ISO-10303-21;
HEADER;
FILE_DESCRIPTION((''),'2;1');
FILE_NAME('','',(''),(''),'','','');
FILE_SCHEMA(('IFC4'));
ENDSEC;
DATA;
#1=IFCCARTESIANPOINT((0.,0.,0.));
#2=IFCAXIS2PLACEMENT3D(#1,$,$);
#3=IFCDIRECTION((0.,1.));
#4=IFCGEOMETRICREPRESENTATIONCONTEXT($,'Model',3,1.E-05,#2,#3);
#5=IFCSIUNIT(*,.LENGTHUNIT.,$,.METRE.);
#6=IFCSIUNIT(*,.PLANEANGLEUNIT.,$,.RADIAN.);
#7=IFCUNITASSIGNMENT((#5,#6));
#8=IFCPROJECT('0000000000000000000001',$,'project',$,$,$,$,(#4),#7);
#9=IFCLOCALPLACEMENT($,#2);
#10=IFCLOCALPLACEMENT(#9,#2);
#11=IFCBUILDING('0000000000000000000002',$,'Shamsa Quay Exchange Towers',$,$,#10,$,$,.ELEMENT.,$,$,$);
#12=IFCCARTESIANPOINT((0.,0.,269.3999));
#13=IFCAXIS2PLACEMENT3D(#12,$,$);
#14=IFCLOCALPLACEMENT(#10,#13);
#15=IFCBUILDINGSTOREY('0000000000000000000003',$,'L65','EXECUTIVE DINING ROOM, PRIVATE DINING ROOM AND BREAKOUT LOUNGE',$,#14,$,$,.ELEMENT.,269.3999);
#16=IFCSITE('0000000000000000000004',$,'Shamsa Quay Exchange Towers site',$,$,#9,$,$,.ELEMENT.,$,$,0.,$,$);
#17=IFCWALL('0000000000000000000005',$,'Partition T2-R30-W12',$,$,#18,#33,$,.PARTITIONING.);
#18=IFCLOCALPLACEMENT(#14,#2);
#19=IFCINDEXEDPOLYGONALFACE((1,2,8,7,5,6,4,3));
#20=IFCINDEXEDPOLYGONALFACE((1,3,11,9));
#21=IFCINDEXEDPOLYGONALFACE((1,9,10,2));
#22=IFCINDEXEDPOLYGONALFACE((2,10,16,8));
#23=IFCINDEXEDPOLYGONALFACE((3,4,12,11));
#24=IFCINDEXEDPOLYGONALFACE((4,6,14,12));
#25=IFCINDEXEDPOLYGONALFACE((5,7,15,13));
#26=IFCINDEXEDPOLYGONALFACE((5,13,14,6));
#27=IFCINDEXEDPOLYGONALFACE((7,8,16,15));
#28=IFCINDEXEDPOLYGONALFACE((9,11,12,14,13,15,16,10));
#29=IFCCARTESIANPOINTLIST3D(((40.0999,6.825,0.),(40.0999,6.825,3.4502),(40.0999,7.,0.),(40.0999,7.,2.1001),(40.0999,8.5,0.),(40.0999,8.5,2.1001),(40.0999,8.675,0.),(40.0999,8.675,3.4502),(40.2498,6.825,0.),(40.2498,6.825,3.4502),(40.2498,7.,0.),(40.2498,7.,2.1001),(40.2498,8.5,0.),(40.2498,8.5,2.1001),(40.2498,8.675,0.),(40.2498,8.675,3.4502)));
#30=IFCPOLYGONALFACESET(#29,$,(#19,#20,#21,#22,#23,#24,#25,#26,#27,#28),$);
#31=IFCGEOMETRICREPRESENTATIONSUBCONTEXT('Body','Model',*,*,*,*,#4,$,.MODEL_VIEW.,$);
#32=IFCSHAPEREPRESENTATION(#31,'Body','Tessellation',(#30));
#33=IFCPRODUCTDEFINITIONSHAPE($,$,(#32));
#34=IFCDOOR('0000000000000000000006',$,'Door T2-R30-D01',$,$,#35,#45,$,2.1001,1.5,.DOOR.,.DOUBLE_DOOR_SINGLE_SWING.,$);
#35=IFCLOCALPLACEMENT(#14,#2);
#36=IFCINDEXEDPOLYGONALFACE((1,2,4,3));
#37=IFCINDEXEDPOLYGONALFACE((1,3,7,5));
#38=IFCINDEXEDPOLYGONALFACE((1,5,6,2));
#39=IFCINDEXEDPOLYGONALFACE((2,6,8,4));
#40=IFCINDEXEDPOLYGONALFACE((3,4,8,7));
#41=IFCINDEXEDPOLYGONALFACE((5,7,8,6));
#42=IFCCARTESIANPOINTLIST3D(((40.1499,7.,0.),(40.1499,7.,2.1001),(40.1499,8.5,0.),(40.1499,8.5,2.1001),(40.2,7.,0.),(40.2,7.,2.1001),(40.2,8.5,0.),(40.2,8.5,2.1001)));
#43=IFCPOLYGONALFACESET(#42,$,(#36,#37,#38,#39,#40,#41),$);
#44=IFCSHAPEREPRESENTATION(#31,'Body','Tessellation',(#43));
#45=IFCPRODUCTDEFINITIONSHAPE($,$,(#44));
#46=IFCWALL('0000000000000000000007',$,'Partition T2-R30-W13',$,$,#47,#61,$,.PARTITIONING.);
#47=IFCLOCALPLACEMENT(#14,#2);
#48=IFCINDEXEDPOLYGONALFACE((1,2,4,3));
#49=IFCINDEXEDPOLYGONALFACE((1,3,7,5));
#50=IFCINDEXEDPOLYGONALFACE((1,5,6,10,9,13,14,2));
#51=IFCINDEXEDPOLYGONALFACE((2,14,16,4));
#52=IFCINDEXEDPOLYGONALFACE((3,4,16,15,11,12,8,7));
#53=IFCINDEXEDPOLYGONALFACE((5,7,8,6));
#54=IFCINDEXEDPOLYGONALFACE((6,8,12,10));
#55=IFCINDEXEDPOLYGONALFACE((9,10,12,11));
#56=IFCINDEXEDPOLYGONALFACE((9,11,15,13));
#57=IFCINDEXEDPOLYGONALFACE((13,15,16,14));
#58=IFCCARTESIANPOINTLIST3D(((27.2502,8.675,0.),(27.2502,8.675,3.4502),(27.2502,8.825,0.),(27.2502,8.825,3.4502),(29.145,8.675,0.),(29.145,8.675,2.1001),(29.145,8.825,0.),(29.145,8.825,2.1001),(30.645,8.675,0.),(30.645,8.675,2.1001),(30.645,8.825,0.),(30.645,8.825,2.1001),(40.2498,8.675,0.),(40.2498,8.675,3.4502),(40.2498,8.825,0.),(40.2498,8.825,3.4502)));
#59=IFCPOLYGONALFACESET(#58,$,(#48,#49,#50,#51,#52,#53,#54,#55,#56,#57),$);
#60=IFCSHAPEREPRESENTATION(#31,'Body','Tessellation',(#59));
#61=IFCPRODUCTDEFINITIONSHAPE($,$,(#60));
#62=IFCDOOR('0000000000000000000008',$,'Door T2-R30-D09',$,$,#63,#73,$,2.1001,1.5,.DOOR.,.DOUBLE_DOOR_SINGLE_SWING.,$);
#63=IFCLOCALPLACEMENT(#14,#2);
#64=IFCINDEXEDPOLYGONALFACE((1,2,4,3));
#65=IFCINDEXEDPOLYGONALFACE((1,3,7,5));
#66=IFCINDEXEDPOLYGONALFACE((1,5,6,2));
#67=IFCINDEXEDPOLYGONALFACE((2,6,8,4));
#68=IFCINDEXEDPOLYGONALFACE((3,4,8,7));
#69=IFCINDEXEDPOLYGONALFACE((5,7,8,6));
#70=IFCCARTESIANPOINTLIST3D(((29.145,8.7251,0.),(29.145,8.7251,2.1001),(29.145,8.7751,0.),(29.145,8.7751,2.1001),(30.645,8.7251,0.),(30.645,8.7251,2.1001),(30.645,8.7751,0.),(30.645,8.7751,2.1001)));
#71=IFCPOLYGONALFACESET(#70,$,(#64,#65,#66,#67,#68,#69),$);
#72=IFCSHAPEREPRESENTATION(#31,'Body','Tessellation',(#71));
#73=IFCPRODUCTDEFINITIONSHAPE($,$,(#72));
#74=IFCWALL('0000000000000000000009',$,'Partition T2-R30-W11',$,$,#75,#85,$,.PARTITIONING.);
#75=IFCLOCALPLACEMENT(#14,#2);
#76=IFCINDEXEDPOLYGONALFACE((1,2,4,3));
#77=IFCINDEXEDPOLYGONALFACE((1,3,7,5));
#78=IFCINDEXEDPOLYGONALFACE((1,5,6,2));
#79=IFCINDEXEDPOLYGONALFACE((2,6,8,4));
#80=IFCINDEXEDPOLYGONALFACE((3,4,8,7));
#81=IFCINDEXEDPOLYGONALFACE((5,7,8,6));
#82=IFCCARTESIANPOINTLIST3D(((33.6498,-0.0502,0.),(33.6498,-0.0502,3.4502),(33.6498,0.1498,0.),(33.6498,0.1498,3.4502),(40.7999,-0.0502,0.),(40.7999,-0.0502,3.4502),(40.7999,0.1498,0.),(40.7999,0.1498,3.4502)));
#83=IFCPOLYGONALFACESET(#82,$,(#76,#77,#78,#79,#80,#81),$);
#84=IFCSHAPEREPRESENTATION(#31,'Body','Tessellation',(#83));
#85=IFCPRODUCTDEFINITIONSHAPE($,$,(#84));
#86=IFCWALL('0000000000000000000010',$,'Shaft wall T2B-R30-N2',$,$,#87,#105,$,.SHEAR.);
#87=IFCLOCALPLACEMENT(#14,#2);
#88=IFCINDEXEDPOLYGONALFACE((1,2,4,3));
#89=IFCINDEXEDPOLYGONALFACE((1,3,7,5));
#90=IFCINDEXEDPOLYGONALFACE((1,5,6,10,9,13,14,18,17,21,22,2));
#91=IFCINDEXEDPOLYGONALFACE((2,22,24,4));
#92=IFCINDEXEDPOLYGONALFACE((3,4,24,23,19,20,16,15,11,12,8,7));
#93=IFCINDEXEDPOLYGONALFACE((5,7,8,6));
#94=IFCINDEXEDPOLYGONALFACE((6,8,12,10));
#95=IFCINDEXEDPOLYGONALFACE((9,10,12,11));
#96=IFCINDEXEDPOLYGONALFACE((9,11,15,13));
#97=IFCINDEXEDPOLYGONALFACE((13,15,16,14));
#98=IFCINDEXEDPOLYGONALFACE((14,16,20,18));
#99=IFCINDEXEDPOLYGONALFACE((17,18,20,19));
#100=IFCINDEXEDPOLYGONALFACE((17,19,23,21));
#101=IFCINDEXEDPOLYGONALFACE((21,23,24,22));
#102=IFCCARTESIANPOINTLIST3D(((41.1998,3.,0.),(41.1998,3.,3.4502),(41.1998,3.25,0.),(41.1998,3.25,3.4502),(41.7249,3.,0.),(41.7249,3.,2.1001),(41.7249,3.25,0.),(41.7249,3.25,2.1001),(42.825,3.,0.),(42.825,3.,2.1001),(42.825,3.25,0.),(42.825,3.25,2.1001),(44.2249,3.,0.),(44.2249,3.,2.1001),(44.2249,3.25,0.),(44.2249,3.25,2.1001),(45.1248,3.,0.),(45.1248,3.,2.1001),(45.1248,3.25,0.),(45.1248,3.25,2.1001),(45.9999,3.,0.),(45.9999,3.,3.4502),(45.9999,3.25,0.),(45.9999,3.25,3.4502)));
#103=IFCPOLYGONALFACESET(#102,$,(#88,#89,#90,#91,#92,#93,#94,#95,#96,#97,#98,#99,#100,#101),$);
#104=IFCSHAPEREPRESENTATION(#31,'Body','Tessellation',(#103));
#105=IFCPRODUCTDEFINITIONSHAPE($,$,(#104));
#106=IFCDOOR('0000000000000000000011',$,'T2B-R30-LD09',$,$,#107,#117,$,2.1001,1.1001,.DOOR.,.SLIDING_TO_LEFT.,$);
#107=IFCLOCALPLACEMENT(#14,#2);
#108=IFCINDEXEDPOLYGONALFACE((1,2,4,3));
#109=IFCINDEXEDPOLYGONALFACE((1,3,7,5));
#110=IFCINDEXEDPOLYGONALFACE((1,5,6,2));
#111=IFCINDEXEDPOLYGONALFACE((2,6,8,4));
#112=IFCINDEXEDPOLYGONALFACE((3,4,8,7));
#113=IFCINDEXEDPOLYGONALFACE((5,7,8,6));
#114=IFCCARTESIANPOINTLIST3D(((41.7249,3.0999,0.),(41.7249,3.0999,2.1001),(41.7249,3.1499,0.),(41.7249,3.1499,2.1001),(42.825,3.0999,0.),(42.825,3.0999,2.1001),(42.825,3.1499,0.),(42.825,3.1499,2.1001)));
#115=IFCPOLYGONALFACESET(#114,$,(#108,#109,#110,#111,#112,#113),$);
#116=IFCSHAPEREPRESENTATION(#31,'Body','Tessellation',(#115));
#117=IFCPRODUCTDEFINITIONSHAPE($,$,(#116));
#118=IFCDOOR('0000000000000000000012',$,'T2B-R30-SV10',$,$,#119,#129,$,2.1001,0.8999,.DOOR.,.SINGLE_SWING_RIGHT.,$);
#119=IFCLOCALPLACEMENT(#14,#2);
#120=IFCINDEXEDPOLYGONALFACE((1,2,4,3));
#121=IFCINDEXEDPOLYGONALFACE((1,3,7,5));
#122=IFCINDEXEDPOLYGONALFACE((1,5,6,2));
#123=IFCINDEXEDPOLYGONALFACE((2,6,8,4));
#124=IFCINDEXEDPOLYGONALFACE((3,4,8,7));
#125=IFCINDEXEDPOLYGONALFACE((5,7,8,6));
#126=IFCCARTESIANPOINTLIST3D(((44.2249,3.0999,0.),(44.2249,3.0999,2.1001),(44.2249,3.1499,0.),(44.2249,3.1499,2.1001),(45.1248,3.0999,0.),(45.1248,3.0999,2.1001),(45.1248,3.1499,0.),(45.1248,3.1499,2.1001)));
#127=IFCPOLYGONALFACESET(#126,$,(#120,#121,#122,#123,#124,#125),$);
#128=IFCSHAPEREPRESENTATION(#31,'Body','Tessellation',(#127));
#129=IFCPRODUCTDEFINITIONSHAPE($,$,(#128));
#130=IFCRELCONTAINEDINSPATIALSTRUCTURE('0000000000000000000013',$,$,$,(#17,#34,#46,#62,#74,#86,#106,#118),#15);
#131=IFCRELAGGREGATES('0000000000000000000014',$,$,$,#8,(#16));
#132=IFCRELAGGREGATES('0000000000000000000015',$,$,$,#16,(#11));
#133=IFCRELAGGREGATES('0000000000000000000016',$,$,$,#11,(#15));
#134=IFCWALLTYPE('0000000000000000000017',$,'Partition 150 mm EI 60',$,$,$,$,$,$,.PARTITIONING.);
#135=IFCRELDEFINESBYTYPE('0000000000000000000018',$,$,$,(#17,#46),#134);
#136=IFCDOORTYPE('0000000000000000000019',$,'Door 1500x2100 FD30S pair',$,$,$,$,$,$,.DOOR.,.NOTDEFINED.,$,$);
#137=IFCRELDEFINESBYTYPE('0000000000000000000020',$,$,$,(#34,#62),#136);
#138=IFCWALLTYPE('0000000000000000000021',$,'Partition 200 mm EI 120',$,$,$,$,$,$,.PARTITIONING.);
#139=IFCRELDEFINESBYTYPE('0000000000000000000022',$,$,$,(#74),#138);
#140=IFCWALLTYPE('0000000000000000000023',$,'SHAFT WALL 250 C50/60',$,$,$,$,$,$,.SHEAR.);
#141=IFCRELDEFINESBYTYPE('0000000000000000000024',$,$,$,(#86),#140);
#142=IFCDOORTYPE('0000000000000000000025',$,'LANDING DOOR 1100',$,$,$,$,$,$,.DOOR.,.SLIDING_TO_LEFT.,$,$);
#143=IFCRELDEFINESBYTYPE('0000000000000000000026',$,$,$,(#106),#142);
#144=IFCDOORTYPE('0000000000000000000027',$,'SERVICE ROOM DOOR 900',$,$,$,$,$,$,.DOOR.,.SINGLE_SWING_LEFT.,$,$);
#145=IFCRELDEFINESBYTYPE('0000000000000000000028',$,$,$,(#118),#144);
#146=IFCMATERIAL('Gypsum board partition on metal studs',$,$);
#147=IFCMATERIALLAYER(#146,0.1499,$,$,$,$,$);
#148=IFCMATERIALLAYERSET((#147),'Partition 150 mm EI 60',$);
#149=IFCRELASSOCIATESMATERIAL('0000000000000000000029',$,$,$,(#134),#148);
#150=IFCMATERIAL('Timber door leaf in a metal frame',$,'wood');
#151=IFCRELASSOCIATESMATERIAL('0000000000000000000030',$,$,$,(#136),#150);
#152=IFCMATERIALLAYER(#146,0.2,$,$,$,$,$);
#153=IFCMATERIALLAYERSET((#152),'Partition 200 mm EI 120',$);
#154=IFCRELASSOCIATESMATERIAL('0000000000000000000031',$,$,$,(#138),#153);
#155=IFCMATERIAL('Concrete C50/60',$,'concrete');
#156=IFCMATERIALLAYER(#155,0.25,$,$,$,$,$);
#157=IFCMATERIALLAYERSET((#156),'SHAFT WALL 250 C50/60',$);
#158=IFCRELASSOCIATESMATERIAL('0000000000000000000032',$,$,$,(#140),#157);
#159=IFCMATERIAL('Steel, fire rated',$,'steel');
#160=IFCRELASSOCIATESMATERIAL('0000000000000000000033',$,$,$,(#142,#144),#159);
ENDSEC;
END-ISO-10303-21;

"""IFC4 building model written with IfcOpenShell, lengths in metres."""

from ifc_helpers import new_model, si_unit, direction, frame, frame_2d, origin, place, context, subcontext, project, spatial, rectangle, extrude, material, layer, layer_set, type_object, element, fill, save


model = new_model("IFC4")

# Units and contexts
model_context = context("Model", 3, precision=1e-05, world=origin(), true_north=direction((0.0, 1.0)))
body_context = subcontext(model_context, "Body", "Model", "MODEL_VIEW")
ifc_project = project(units=[si_unit("LENGTHUNIT", "METRE"), si_unit("PLANEANGLEUNIT", "RADIAN")], contexts=[model_context])

# Site, building, storey
site_placement = place(None, origin())
site = spatial("IfcSite", under=ifc_project, at=site_placement, Name="Shamsa Quay Exchange Towers site", CompositionType="ELEMENT", RefElevation=0.0)
building_placement = place(site_placement, origin())
building = spatial("IfcBuilding", under=site, at=building_placement, Name="Shamsa Quay Exchange Towers", CompositionType="ELEMENT")
storey_placement = place(building_placement, frame((0.0, 0.0, 269.3999)))
storey = spatial("IfcBuildingStorey", under=building, at=storey_placement, Name="L65", Description="EXECUTIVE DINING ROOM, PRIVATE DINING ROOM AND BREAKOUT LOUNGE", CompositionType="ELEMENT", Elevation=269.3999)

# Shared definitions
ifc_material_1 = material(Name="Gypsum board partition on metal studs")
ifc_layer_1 = layer(ifc_material_1, 0.1499)
ifc_layer_set_1 = layer_set([ifc_layer_1], Name="Partition 150 mm EI 60")
wall_type_1 = type_object("IfcWallType", Name="Partition 150 mm EI 60", PredefinedType="PARTITIONING", material=ifc_layer_set_1)

# Walls, openings, doors
ifc_material_2 = material(Name="Timber door leaf in a metal frame", Category="wood")
wall_1_placement = place(storey_placement, frame((40.1748, 6.825, 0.0), z_axis=(0.0, 0.0, 1.0), x_axis=(0.0, 1.0, 0.0)))
wall_1 = element("IfcWall", 1, at=wall_1_placement, inside=storey, type_object=wall_type_1, Name="Partition T2-R30-W12", PredefinedType="PARTITIONING", context=body_context, shape_type="SweptSolid", body=[
    extrude(rectangle(XDim=1.8501, YDim=0.1499, at=frame_2d((0.925, 0.0))), origin(), (0.0, 0.0, 1.0), 3.4502),
])
opening_1_placement = place(wall_1_placement, frame((0.175, 0.0, 0.0)))
opening_1 = element("IfcOpeningElement", 2, at=opening_1_placement, cuts=wall_1, PredefinedType="OPENING", context=body_context, shape_type="SweptSolid", body=[
    extrude(rectangle(XDim=1.5, YDim=2.1001, at=frame_2d((0.75, 1.05))), frame((0.0, 0.085, 0.0), z_axis=(0.0, -1.0, 0.0), x_axis=(1.0, 0.0, 0.0)), (0.0, 0.0, 1.0), 0.1699),
])
door_type_1 = type_object("IfcDoorType", Name="Door 1500x2100 FD30S pair", OperationType="NOTDEFINED", PredefinedType="DOOR", material=ifc_material_2)
door_1_placement = place(opening_1_placement, origin())
door_1 = element("IfcDoor", 3, at=door_1_placement, inside=storey, type_object=door_type_1, Name="Door T2-R30-D01", OperationType="DOUBLE_DOOR_SINGLE_SWING", OverallHeight=2.1001, OverallWidth=1.5, PredefinedType="DOOR", context=body_context, shape_type="SweptSolid", body=[
    extrude(rectangle(XDim=1.5, YDim=2.1001, at=frame_2d((0.75, 1.05))), frame((0.0, 0.0249, 0.0), z_axis=(0.0, -1.0, 0.0), x_axis=(1.0, 0.0, 0.0)), (0.0, 0.0, 1.0), 0.05),
])
fill(opening_1, door_1)
wall_2_placement = place(storey_placement, frame((40.2498, 8.75, 0.0), z_axis=(0.0, 0.0, 1.0), x_axis=(-1.0, 0.0, 0.0)))
wall_2 = element("IfcWall", 4, at=wall_2_placement, inside=storey, type_object=wall_type_1, Name="Partition T2-R30-W13", PredefinedType="PARTITIONING", context=body_context, shape_type="SweptSolid", body=[
    extrude(rectangle(XDim=12.9995, YDim=0.1499, at=frame_2d((6.4998, 0.0))), origin(), (0.0, 0.0, 1.0), 3.4502),
])
opening_2_placement = place(wall_2_placement, frame((9.6047, 0.0, 0.0)))
opening_2 = element("IfcOpeningElement", 5, at=opening_2_placement, cuts=wall_2, PredefinedType="OPENING", context=body_context, shape_type="SweptSolid", body=[
    extrude(rectangle(XDim=1.5, YDim=2.1001, at=frame_2d((0.75, 1.05))), frame((0.0, 0.085, 0.0), z_axis=(0.0, -1.0, 0.0), x_axis=(1.0, 0.0, 0.0)), (0.0, 0.0, 1.0), 0.1699),
])
door_2_placement = place(opening_2_placement, origin())
door_2 = element("IfcDoor", 6, at=door_2_placement, inside=storey, type_object=door_type_1, Name="Door T2-R30-D09", OperationType="DOUBLE_DOOR_SINGLE_SWING", OverallHeight=2.1001, OverallWidth=1.5, PredefinedType="DOOR", context=body_context, shape_type="SweptSolid", body=[
    extrude(rectangle(XDim=1.5, YDim=2.1001, at=frame_2d((0.75, 1.05))), frame((0.0, 0.0249, 0.0), z_axis=(0.0, -1.0, 0.0), x_axis=(1.0, 0.0, 0.0)), (0.0, 0.0, 1.0), 0.05),
])
fill(opening_2, door_2)

# Wall
ifc_layer_2 = layer(ifc_material_1, 0.2)
ifc_layer_set_2 = layer_set([ifc_layer_2], Name="Partition 200 mm EI 120")
wall_type_2 = type_object("IfcWallType", Name="Partition 200 mm EI 120", PredefinedType="PARTITIONING", material=ifc_layer_set_2)
wall_3_placement = place(storey_placement, frame((40.8, 0.0498, 0.0), z_axis=(0.0, 0.0, 1.0), x_axis=(-1.0, 0.0, 0.0)))
element("IfcWall", 7, at=wall_3_placement, inside=storey, type_object=wall_type_2, Name="Partition T2-R30-W11", PredefinedType="PARTITIONING", context=body_context, shape_type="SweptSolid", body=[
    extrude(rectangle(XDim=7.1501, YDim=0.2, at=frame_2d((3.5752, 0.0))), origin(), (0.0, 0.0, 1.0), 3.4502),
])

# Wall, openings, doors
ifc_material_3 = material(Name="Concrete C50/60", Category="concrete")
ifc_layer_3 = layer(ifc_material_3, 0.25)
ifc_layer_set_3 = layer_set([ifc_layer_3], Name="SHAFT WALL 250 C50/60")
wall_type_3 = type_object("IfcWallType", Name="SHAFT WALL 250 C50/60", PredefinedType="SHEAR", material=ifc_layer_set_3)
wall_4_placement = place(storey_placement, frame((41.2, 3.125, 0.0)))
wall_4 = element("IfcWall", 8, at=wall_4_placement, inside=storey, type_object=wall_type_3, Name="Shaft wall T2B-R30-N2", PredefinedType="SHEAR", context=body_context, shape_type="SweptSolid", body=[
    extrude(rectangle(XDim=4.8, YDim=0.25, at=frame_2d((2.3999, 0.0))), origin(), (0.0, 0.0, 1.0), 3.4502),
])
opening_3_placement = place(wall_4_placement, frame((0.5249, 0.0, 0.0)))
opening_3 = element("IfcOpeningElement", 9, at=opening_3_placement, cuts=wall_4, PredefinedType="OPENING", context=body_context, shape_type="SweptSolid", body=[
    extrude(rectangle(XDim=1.1001, YDim=2.1001, at=frame_2d((0.55, 1.05))), frame((0.0, 0.135, 0.0), z_axis=(0.0, -1.0, 0.0), x_axis=(1.0, 0.0, 0.0)), (0.0, 0.0, 1.0), 0.27),
])
opening_4_placement = place(wall_4_placement, frame((3.0249, 0.0, 0.0)))
opening_4 = element("IfcOpeningElement", 10, at=opening_4_placement, cuts=wall_4, PredefinedType="OPENING", context=body_context, shape_type="SweptSolid", body=[
    extrude(rectangle(XDim=0.8999, YDim=2.1001, at=frame_2d((0.45, 1.05))), frame((0.0, 0.135, 0.0), z_axis=(0.0, -1.0, 0.0), x_axis=(1.0, 0.0, 0.0)), (0.0, 0.0, 1.0), 0.27),
])
ifc_material_4 = material(Name="Steel, fire rated", Category="steel")
door_type_2 = type_object("IfcDoorType", Name="LANDING DOOR 1100", OperationType="SLIDING_TO_LEFT", PredefinedType="DOOR", material=ifc_material_4)
door_3_placement = place(opening_3_placement, origin())
door_3 = element("IfcDoor", 11, at=door_3_placement, inside=storey, type_object=door_type_2, Name="T2B-R30-LD09", OperationType="SLIDING_TO_LEFT", OverallHeight=2.1001, OverallWidth=1.1001, PredefinedType="DOOR", context=body_context, shape_type="SweptSolid", body=[
    extrude(rectangle(XDim=1.1001, YDim=2.1001, at=frame_2d((0.55, 1.05))), frame((0.0, 0.0249, 0.0), z_axis=(0.0, -1.0, 0.0), x_axis=(1.0, 0.0, 0.0)), (0.0, 0.0, 1.0), 0.05),
])
fill(opening_3, door_3)
door_type_3 = type_object("IfcDoorType", Name="SERVICE ROOM DOOR 900", OperationType="SINGLE_SWING_LEFT", PredefinedType="DOOR", material=ifc_material_4)
door_4_placement = place(opening_4_placement, origin())
door_4 = element("IfcDoor", 12, at=door_4_placement, inside=storey, type_object=door_type_3, Name="T2B-R30-SV10", OperationType="SINGLE_SWING_RIGHT", OverallHeight=2.1001, OverallWidth=0.8999, PredefinedType="DOOR", context=body_context, shape_type="SweptSolid", body=[
    extrude(rectangle(XDim=0.8999, YDim=2.1001, at=frame_2d((0.45, 1.05))), frame((0.0, 0.0249, 0.0), z_axis=(0.0, -1.0, 0.0), x_axis=(1.0, 0.0, 0.0)), (0.0, 0.0, 1.0), 0.05),
])
fill(opening_4, door_4)

save(model, "model.ifc")
